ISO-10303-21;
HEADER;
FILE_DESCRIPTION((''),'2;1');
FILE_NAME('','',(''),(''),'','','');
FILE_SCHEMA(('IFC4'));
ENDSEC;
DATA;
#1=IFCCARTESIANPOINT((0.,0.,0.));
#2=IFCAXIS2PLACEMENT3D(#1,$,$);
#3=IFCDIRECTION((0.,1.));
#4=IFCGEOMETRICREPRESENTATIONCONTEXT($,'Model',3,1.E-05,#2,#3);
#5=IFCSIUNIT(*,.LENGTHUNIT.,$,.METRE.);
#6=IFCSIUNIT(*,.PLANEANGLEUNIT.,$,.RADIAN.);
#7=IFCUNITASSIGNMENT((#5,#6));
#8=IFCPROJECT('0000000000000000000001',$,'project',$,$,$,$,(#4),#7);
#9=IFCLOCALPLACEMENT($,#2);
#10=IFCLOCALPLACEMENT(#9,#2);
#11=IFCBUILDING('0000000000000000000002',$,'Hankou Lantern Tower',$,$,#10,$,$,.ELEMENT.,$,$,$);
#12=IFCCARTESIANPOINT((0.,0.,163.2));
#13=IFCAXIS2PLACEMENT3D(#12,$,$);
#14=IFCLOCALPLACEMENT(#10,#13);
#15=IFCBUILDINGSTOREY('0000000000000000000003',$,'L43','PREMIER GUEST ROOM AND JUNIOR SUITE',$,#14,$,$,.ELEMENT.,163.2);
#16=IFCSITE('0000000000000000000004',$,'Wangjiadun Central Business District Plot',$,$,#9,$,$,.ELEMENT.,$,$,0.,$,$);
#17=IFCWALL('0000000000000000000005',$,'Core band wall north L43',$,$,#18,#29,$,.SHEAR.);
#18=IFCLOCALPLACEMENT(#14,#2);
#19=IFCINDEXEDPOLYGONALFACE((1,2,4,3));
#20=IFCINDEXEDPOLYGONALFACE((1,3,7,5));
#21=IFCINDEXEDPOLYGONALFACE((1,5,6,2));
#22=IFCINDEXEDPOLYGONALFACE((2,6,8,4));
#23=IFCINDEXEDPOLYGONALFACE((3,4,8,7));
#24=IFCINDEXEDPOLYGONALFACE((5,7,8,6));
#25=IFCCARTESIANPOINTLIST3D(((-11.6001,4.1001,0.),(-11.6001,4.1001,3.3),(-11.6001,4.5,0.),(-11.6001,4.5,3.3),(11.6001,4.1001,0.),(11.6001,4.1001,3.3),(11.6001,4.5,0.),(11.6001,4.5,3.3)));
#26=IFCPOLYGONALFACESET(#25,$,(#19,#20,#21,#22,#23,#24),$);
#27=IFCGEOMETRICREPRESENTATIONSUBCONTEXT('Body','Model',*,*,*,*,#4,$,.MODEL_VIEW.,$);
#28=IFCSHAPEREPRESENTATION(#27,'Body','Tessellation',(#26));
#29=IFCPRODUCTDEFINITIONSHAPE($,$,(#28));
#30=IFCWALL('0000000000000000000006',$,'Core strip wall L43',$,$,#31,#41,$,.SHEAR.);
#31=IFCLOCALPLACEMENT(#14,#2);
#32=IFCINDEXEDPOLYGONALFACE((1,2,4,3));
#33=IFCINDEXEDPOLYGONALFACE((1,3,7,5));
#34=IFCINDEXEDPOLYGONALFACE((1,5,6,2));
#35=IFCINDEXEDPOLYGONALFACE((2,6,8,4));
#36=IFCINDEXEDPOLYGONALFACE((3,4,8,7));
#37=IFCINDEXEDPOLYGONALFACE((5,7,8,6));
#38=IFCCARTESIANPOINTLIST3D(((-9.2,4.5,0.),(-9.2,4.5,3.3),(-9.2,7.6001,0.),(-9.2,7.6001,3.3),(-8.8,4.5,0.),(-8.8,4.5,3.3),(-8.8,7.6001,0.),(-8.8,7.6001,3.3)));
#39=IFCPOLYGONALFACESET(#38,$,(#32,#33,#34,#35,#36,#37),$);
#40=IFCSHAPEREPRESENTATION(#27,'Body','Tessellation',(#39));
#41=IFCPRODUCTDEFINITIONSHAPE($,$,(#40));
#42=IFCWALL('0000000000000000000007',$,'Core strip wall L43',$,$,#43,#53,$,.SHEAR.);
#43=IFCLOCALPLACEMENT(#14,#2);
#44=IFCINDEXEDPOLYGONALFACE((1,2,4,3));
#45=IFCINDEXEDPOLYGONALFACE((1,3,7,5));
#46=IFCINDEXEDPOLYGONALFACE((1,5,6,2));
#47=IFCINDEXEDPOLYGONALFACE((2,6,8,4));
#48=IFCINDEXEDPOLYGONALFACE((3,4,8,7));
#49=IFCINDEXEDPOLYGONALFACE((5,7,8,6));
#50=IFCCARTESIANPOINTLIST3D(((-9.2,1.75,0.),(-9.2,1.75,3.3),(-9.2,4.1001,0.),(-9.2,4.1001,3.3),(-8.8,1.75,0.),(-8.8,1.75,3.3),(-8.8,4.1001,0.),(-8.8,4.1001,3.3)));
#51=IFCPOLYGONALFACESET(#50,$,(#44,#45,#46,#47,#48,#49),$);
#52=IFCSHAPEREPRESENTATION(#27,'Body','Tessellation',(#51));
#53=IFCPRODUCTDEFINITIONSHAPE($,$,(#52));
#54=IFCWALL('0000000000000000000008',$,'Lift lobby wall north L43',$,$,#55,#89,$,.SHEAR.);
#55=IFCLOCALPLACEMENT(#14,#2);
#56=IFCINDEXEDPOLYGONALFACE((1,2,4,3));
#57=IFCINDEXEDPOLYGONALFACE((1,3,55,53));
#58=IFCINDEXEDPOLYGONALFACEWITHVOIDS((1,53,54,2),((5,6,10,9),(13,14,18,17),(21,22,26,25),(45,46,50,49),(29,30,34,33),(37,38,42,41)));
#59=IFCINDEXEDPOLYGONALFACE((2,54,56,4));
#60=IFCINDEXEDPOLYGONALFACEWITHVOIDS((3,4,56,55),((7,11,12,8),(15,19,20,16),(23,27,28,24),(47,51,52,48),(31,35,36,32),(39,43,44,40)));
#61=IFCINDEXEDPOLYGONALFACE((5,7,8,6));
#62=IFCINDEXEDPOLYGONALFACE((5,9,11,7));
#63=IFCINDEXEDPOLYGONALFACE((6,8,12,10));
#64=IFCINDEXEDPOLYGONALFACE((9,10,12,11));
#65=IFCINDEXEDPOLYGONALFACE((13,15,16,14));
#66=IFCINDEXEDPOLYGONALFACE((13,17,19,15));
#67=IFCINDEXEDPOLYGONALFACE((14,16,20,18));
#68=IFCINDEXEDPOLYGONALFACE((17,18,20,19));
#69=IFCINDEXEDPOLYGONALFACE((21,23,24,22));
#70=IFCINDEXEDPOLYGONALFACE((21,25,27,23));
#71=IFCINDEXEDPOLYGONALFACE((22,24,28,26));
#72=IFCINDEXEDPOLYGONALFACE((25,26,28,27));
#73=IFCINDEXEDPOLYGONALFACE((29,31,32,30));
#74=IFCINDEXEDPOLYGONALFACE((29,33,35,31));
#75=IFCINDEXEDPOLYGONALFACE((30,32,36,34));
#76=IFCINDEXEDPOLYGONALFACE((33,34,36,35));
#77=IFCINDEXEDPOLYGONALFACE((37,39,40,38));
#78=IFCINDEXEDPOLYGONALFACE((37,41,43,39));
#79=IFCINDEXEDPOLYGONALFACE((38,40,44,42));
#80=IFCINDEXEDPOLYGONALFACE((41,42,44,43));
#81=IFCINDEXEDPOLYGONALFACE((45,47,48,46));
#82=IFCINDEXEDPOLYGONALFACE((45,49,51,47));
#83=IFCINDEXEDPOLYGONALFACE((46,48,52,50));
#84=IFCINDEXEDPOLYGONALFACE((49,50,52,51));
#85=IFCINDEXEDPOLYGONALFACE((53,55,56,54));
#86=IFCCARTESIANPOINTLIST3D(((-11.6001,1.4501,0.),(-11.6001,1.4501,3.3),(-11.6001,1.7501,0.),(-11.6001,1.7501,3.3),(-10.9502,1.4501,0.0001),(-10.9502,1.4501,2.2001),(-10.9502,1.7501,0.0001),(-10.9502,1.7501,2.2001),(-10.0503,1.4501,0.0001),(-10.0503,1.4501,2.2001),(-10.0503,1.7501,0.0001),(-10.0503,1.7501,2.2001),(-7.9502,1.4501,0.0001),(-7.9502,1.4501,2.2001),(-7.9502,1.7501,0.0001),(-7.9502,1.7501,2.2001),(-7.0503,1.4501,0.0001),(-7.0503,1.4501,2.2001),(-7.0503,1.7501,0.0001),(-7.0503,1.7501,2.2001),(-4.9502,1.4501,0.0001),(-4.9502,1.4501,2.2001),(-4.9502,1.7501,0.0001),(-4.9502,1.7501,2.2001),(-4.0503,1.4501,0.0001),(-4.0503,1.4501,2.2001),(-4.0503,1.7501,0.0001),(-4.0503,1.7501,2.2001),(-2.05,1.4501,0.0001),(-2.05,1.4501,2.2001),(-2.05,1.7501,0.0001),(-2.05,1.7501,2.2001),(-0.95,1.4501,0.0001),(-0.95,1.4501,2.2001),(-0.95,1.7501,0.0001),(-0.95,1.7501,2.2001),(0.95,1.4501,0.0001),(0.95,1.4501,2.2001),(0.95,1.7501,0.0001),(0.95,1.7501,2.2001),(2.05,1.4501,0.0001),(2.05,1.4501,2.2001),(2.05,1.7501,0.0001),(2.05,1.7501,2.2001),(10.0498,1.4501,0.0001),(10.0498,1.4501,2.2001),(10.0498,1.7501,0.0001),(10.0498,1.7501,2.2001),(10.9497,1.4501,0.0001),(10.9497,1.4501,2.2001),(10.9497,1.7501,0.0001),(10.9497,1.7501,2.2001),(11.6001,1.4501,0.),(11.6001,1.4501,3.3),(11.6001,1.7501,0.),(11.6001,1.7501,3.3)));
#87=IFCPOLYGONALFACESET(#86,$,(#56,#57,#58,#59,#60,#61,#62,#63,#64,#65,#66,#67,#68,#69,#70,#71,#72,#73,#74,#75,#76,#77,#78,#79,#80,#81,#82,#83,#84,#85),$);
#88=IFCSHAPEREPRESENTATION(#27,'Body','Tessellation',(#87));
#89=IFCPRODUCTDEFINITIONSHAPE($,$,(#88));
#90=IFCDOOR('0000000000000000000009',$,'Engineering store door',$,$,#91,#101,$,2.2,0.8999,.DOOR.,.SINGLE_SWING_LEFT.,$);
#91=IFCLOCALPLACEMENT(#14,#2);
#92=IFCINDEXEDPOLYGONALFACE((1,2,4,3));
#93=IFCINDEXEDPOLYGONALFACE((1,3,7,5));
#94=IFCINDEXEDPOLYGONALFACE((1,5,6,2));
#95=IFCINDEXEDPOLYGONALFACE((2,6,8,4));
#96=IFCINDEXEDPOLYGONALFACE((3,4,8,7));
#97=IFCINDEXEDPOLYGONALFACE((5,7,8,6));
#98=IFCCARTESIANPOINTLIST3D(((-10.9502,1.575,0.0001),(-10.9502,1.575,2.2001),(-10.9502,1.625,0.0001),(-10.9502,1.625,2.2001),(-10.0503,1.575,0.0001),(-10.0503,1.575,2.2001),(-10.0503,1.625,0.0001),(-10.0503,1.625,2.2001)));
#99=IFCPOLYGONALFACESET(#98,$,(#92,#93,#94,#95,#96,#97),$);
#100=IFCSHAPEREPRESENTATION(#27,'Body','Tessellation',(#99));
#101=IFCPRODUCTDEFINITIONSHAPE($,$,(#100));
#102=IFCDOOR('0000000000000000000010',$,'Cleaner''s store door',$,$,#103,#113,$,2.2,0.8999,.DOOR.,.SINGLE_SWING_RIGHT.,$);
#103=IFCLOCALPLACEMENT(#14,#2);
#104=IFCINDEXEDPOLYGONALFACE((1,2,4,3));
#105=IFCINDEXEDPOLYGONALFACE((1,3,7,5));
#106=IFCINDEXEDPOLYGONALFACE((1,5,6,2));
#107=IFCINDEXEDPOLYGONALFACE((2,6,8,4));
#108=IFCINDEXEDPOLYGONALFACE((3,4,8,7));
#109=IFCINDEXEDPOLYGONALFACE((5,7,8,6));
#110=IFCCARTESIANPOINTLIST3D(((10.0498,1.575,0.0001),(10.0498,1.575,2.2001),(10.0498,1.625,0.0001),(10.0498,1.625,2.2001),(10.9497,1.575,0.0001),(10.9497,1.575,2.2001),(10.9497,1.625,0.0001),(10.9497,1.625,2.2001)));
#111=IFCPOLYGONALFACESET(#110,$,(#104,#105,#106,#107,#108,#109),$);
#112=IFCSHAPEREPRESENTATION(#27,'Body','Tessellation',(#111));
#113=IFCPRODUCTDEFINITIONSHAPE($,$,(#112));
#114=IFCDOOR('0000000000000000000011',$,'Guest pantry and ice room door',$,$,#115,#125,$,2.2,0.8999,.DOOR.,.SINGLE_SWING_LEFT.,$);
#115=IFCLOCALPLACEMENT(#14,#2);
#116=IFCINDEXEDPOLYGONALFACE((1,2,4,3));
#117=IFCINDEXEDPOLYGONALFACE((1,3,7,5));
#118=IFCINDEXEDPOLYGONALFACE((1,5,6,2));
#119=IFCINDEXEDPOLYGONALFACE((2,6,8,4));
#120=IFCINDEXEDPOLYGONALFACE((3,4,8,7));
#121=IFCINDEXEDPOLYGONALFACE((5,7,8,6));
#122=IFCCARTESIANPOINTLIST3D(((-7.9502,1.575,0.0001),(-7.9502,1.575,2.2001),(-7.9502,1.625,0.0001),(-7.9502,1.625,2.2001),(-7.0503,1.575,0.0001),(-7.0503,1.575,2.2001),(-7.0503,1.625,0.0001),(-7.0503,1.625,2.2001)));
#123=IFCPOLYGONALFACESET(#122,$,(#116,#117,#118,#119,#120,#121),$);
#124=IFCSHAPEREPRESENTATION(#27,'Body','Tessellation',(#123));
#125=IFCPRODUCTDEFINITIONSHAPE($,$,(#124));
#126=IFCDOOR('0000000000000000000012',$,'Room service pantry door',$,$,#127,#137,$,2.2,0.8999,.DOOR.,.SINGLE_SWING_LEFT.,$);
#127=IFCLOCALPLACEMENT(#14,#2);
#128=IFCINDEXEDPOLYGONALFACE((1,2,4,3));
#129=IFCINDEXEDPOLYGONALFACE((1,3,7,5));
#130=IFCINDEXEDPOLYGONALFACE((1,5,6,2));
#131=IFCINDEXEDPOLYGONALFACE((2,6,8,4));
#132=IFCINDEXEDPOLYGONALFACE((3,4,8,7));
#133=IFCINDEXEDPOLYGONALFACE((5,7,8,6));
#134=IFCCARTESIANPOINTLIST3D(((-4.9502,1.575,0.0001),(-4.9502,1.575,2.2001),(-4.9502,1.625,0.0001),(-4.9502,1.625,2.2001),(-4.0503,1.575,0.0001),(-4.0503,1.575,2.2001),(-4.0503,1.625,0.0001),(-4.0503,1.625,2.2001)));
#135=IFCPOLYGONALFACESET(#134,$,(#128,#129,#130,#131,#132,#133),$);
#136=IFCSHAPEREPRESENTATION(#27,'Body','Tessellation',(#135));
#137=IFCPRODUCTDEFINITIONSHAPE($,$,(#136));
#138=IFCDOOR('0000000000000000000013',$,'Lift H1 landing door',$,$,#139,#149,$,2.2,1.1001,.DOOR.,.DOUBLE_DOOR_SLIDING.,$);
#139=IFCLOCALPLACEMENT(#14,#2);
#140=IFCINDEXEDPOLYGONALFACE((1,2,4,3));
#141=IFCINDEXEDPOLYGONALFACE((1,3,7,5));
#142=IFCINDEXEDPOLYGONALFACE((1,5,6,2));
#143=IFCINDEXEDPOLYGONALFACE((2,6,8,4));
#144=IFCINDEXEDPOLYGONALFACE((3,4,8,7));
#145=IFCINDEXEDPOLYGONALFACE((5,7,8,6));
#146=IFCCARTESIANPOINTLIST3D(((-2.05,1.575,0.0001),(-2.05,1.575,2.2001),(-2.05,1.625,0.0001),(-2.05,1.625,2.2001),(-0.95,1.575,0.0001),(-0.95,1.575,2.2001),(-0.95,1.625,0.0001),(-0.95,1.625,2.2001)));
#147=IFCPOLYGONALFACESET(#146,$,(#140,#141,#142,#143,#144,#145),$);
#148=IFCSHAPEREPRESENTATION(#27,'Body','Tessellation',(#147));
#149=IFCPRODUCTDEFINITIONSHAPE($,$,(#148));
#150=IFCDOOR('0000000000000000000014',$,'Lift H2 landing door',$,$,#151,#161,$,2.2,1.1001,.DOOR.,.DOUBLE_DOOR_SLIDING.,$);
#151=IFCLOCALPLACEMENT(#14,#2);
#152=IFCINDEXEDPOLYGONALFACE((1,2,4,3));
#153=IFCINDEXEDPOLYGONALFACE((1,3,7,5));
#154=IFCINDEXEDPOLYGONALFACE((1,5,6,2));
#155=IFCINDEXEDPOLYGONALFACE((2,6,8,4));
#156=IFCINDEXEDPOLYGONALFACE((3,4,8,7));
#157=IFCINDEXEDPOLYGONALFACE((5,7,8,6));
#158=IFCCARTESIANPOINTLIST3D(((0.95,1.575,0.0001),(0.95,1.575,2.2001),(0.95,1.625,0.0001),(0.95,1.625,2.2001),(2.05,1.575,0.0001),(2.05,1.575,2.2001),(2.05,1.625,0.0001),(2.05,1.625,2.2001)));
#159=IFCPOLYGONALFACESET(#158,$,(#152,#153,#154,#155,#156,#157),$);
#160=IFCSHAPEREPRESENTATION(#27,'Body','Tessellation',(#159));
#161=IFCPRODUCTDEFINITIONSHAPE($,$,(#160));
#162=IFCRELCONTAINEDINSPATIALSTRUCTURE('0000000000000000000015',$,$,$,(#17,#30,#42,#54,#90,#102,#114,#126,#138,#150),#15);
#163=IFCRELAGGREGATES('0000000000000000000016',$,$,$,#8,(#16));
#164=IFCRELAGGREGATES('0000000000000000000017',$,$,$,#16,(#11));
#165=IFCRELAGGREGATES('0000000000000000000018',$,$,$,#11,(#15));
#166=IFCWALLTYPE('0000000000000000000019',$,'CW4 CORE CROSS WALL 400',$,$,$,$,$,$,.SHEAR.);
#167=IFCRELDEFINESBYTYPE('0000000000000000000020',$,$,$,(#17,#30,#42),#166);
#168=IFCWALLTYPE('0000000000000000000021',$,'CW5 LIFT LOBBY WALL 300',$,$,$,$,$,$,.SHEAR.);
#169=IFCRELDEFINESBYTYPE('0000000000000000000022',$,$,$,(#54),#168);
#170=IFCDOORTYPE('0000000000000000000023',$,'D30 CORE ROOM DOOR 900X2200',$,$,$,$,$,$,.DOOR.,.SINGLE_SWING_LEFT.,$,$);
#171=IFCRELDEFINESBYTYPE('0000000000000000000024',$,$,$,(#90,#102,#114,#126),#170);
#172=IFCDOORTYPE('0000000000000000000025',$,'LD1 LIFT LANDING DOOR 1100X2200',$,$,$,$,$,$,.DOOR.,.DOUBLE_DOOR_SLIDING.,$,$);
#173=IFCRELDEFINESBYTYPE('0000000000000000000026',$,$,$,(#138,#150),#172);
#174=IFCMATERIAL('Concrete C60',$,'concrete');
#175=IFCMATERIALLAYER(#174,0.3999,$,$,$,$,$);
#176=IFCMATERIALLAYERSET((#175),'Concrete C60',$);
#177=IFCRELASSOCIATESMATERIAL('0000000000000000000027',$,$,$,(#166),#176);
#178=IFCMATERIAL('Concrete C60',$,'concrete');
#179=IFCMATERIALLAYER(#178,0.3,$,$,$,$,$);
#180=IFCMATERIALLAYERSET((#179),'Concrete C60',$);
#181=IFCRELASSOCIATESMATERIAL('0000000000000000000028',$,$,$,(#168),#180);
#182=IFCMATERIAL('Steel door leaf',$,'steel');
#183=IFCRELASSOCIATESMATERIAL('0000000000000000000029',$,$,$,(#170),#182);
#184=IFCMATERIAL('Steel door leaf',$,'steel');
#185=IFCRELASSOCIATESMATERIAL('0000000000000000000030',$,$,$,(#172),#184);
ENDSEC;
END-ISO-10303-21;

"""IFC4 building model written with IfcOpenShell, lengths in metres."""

from ifc_helpers import new_model, si_unit, direction, frame, frame_2d, origin, place, context, subcontext, project, spatial, rectangle, extrude, material, layer, layer_set, type_object, element, fill, save


model = new_model("IFC4")

# Units and contexts
model_context = context("Model", 3, precision=1e-05, world=origin(), true_north=direction((0.0, 1.0)))
body_context = subcontext(model_context, "Body", "Model", "MODEL_VIEW")
ifc_project = project(units=[si_unit("LENGTHUNIT", "METRE"), si_unit("PLANEANGLEUNIT", "RADIAN")], contexts=[model_context])

# Site, building, storey
site_placement = place(None, origin())
site = spatial("IfcSite", under=ifc_project, at=site_placement, Name="Wangjiadun Central Business District Plot", CompositionType="ELEMENT", RefElevation=0.0)
building_placement = place(site_placement, origin())
building = spatial("IfcBuilding", under=site, at=building_placement, Name="Hankou Lantern Tower", CompositionType="ELEMENT")
storey_placement = place(building_placement, frame((0.0, 0.0, 163.2)))
storey = spatial("IfcBuildingStorey", under=building, at=storey_placement, Name="L43", Description="PREMIER GUEST ROOM AND JUNIOR SUITE", CompositionType="ELEMENT", Elevation=163.2)

# Walls
ifc_material_1 = material(Name="Concrete C60", Category="concrete")
ifc_layer_1 = layer(ifc_material_1, 0.3999)
ifc_layer_set_1 = layer_set([ifc_layer_1], Name="Concrete C60")
wall_type_1 = type_object("IfcWallType", Name="CW4 CORE CROSS WALL 400", PredefinedType="SHEAR", material=ifc_layer_set_1)
wall_1_placement = place(storey_placement, frame((-11.6001, 4.3, 0.0), z_axis=(0.0, 0.0, 1.0), x_axis=(1.0, 0.0, 0.0)))
element("IfcWall", 1, at=wall_1_placement, inside=storey, type_object=wall_type_1, Name="Core band wall north L43", PredefinedType="SHEAR", context=body_context, shape_type="SweptSolid", body=[
    extrude(rectangle(XDim=23.2002, YDim=0.3999, at=frame_2d((11.6001, 0.0))), origin(), (0.0, 0.0, 1.0), 3.3),
])
wall_2_placement = place(storey_placement, frame((-9.0, 4.5, 0.0), z_axis=(0.0, 0.0, 1.0), x_axis=(0.0, 1.0, 0.0)))
element("IfcWall", 2, at=wall_2_placement, inside=storey, type_object=wall_type_1, Name="Core strip wall L43", PredefinedType="SHEAR", context=body_context, shape_type="SweptSolid", body=[
    extrude(rectangle(XDim=3.1001, YDim=0.3999, at=frame_2d((1.55, 0.0))), origin(), (0.0, 0.0, 1.0), 3.3),
])
wall_3_placement = place(storey_placement, frame((-9.0, 1.75, 0.0), z_axis=(0.0, 0.0, 1.0), x_axis=(0.0, 1.0, 0.0)))
element("IfcWall", 3, at=wall_3_placement, inside=storey, type_object=wall_type_1, Name="Core strip wall L43", PredefinedType="SHEAR", context=body_context, shape_type="SweptSolid", body=[
    extrude(rectangle(XDim=2.3501, YDim=0.3999, at=frame_2d((1.175, 0.0))), origin(), (0.0, 0.0, 1.0), 3.3),
])

# Wall, openings, doors
ifc_material_2 = material(Name="Concrete C60", Category="concrete")
ifc_layer_2 = layer(ifc_material_2, 0.3)
ifc_layer_set_2 = layer_set([ifc_layer_2], Name="Concrete C60")
wall_type_2 = type_object("IfcWallType", Name="CW5 LIFT LOBBY WALL 300", PredefinedType="SHEAR", material=ifc_layer_set_2)
wall_4_placement = place(storey_placement, frame((-11.6001, 1.6001, 0.0), z_axis=(0.0, 0.0, 1.0), x_axis=(1.0, 0.0, 0.0)))
wall_4 = element("IfcWall", 4, at=wall_4_placement, inside=storey, type_object=wall_type_2, Name="Lift lobby wall north L43", PredefinedType="SHEAR", context=body_context, shape_type="SweptSolid", body=[
    extrude(rectangle(XDim=23.2002, YDim=0.3, at=frame_2d((11.6001, 0.0))), origin(), (0.0, 0.0, 1.0), 3.3),
])
opening_1_placement = place(wall_4_placement, frame((9.55, 0.0, 0.0)))
opening_1 = element("IfcOpeningElement", 5, at=opening_1_placement, cuts=wall_4, PredefinedType="OPENING", context=body_context, shape_type="SweptSolid", body=[
    extrude(rectangle(XDim=1.1001, YDim=2.2, at=frame_2d((0.55, 1.1001))), frame((0.0, 0.1599, 0.0), z_axis=(0.0, -1.0, 0.0), x_axis=(1.0, 0.0, 0.0)), (0.0, 0.0, 1.0), 0.3201),
])
opening_2_placement = place(wall_4_placement, frame((12.55, 0.0, 0.0)))
opening_2 = element("IfcOpeningElement", 6, at=opening_2_placement, cuts=wall_4, PredefinedType="OPENING", context=body_context, shape_type="SweptSolid", body=[
    extrude(rectangle(XDim=1.1001, YDim=2.2, at=frame_2d((0.55, 1.1001))), frame((0.0, 0.1599, 0.0), z_axis=(0.0, -1.0, 0.0), x_axis=(1.0, 0.0, 0.0)), (0.0, 0.0, 1.0), 0.3201),
])
opening_3_placement = place(wall_4_placement, frame((0.6499, 0.0, 0.0)))
opening_3 = element("IfcOpeningElement", 7, at=opening_3_placement, cuts=wall_4, PredefinedType="OPENING", context=body_context, shape_type="SweptSolid", body=[
    extrude(rectangle(XDim=0.8999, YDim=2.2, at=frame_2d((0.45, 1.1001))), frame((0.0, 0.1599, 0.0), z_axis=(0.0, -1.0, 0.0), x_axis=(1.0, 0.0, 0.0)), (0.0, 0.0, 1.0), 0.3201),
])
opening_4_placement = place(wall_4_placement, frame((21.6499, 0.0, 0.0)))
opening_4 = element("IfcOpeningElement", 8, at=opening_4_placement, cuts=wall_4, PredefinedType="OPENING", context=body_context, shape_type="SweptSolid", body=[
    extrude(rectangle(XDim=0.8999, YDim=2.2, at=frame_2d((0.45, 1.1001))), frame((0.0, 0.1599, 0.0), z_axis=(0.0, -1.0, 0.0), x_axis=(1.0, 0.0, 0.0)), (0.0, 0.0, 1.0), 0.3201),
])
opening_5_placement = place(wall_4_placement, frame((3.6499, 0.0, 0.0)))
opening_5 = element("IfcOpeningElement", 9, at=opening_5_placement, cuts=wall_4, PredefinedType="OPENING", context=body_context, shape_type="SweptSolid", body=[
    extrude(rectangle(XDim=0.8999, YDim=2.2, at=frame_2d((0.45, 1.1001))), frame((0.0, 0.1599, 0.0), z_axis=(0.0, -1.0, 0.0), x_axis=(1.0, 0.0, 0.0)), (0.0, 0.0, 1.0), 0.3201),
])
opening_6_placement = place(wall_4_placement, frame((6.6499, 0.0, 0.0)))
opening_6 = element("IfcOpeningElement", 10, at=opening_6_placement, cuts=wall_4, PredefinedType="OPENING", context=body_context, shape_type="SweptSolid", body=[
    extrude(rectangle(XDim=0.8999, YDim=2.2, at=frame_2d((0.45, 1.1001))), frame((0.0, 0.1599, 0.0), z_axis=(0.0, -1.0, 0.0), x_axis=(1.0, 0.0, 0.0)), (0.0, 0.0, 1.0), 0.3201),
])
ifc_material_3 = material(Name="Steel door leaf", Category="steel")
door_type_1 = type_object("IfcDoorType", Name="D30 CORE ROOM DOOR 900X2200", OperationType="SINGLE_SWING_LEFT", PredefinedType="DOOR", material=ifc_material_3)
door_1_placement = place(opening_3_placement, origin())
door_1 = element("IfcDoor", 11, at=door_1_placement, inside=storey, type_object=door_type_1, Name="Engineering store door", OperationType="SINGLE_SWING_LEFT", OverallHeight=2.2, OverallWidth=0.8999, PredefinedType="DOOR", context=body_context, shape_type="SweptSolid", body=[
    extrude(rectangle(XDim=0.8999, YDim=2.2, at=frame_2d((0.45, 1.1001))), frame((0.0, 0.0249, 0.0), z_axis=(0.0, -1.0, 0.0), x_axis=(1.0, 0.0, 0.0)), (0.0, 0.0, 1.0), 0.05),
])
fill(opening_3, door_1)
door_2_placement = place(opening_4_placement, origin())
door_2 = element("IfcDoor", 12, at=door_2_placement, inside=storey, type_object=door_type_1, Name="Cleaner's store door", OperationType="SINGLE_SWING_RIGHT", OverallHeight=2.2, OverallWidth=0.8999, PredefinedType="DOOR", context=body_context, shape_type="SweptSolid", body=[
    extrude(rectangle(XDim=0.8999, YDim=2.2, at=frame_2d((0.45, 1.1001))), frame((0.0, 0.0249, 0.0), z_axis=(0.0, -1.0, 0.0), x_axis=(1.0, 0.0, 0.0)), (0.0, 0.0, 1.0), 0.05),
])
fill(opening_4, door_2)
door_3_placement = place(opening_5_placement, origin())
door_3 = element("IfcDoor", 13, at=door_3_placement, inside=storey, type_object=door_type_1, Name="Guest pantry and ice room door", OperationType="SINGLE_SWING_LEFT", OverallHeight=2.2, OverallWidth=0.8999, PredefinedType="DOOR", context=body_context, shape_type="SweptSolid", body=[
    extrude(rectangle(XDim=0.8999, YDim=2.2, at=frame_2d((0.45, 1.1001))), frame((0.0, 0.0249, 0.0), z_axis=(0.0, -1.0, 0.0), x_axis=(1.0, 0.0, 0.0)), (0.0, 0.0, 1.0), 0.05),
])
fill(opening_5, door_3)
door_4_placement = place(opening_6_placement, origin())
door_4 = element("IfcDoor", 14, at=door_4_placement, inside=storey, type_object=door_type_1, Name="Room service pantry door", OperationType="SINGLE_SWING_LEFT", OverallHeight=2.2, OverallWidth=0.8999, PredefinedType="DOOR", context=body_context, shape_type="SweptSolid", body=[
    extrude(rectangle(XDim=0.8999, YDim=2.2, at=frame_2d((0.45, 1.1001))), frame((0.0, 0.0249, 0.0), z_axis=(0.0, -1.0, 0.0), x_axis=(1.0, 0.0, 0.0)), (0.0, 0.0, 1.0), 0.05),
])
fill(opening_6, door_4)
ifc_material_4 = material(Name="Steel door leaf", Category="steel")
door_type_2 = type_object("IfcDoorType", Name="LD1 LIFT LANDING DOOR 1100X2200", OperationType="DOUBLE_DOOR_SLIDING", PredefinedType="DOOR", material=ifc_material_4)
door_5_placement = place(opening_1_placement, origin())
door_5 = element("IfcDoor", 15, at=door_5_placement, inside=storey, type_object=door_type_2, Name="Lift H1 landing door", OperationType="DOUBLE_DOOR_SLIDING", OverallHeight=2.2, OverallWidth=1.1001, PredefinedType="DOOR", context=body_context, shape_type="SweptSolid", body=[
    extrude(rectangle(XDim=1.1001, YDim=2.2, at=frame_2d((0.55, 1.1001))), frame((0.0, 0.0249, 0.0), z_axis=(0.0, -1.0, 0.0), x_axis=(1.0, 0.0, 0.0)), (0.0, 0.0, 1.0), 0.05),
])
fill(opening_1, door_5)
door_6_placement = place(opening_2_placement, origin())
door_6 = element("IfcDoor", 16, at=door_6_placement, inside=storey, type_object=door_type_2, Name="Lift H2 landing door", OperationType="DOUBLE_DOOR_SLIDING", OverallHeight=2.2, OverallWidth=1.1001, PredefinedType="DOOR", context=body_context, shape_type="SweptSolid", body=[
    extrude(rectangle(XDim=1.1001, YDim=2.2, at=frame_2d((0.55, 1.1001))), frame((0.0, 0.0249, 0.0), z_axis=(0.0, -1.0, 0.0), x_axis=(1.0, 0.0, 0.0)), (0.0, 0.0, 1.0), 0.05),
])
fill(opening_2, door_6)

save(model, "model.ifc")
